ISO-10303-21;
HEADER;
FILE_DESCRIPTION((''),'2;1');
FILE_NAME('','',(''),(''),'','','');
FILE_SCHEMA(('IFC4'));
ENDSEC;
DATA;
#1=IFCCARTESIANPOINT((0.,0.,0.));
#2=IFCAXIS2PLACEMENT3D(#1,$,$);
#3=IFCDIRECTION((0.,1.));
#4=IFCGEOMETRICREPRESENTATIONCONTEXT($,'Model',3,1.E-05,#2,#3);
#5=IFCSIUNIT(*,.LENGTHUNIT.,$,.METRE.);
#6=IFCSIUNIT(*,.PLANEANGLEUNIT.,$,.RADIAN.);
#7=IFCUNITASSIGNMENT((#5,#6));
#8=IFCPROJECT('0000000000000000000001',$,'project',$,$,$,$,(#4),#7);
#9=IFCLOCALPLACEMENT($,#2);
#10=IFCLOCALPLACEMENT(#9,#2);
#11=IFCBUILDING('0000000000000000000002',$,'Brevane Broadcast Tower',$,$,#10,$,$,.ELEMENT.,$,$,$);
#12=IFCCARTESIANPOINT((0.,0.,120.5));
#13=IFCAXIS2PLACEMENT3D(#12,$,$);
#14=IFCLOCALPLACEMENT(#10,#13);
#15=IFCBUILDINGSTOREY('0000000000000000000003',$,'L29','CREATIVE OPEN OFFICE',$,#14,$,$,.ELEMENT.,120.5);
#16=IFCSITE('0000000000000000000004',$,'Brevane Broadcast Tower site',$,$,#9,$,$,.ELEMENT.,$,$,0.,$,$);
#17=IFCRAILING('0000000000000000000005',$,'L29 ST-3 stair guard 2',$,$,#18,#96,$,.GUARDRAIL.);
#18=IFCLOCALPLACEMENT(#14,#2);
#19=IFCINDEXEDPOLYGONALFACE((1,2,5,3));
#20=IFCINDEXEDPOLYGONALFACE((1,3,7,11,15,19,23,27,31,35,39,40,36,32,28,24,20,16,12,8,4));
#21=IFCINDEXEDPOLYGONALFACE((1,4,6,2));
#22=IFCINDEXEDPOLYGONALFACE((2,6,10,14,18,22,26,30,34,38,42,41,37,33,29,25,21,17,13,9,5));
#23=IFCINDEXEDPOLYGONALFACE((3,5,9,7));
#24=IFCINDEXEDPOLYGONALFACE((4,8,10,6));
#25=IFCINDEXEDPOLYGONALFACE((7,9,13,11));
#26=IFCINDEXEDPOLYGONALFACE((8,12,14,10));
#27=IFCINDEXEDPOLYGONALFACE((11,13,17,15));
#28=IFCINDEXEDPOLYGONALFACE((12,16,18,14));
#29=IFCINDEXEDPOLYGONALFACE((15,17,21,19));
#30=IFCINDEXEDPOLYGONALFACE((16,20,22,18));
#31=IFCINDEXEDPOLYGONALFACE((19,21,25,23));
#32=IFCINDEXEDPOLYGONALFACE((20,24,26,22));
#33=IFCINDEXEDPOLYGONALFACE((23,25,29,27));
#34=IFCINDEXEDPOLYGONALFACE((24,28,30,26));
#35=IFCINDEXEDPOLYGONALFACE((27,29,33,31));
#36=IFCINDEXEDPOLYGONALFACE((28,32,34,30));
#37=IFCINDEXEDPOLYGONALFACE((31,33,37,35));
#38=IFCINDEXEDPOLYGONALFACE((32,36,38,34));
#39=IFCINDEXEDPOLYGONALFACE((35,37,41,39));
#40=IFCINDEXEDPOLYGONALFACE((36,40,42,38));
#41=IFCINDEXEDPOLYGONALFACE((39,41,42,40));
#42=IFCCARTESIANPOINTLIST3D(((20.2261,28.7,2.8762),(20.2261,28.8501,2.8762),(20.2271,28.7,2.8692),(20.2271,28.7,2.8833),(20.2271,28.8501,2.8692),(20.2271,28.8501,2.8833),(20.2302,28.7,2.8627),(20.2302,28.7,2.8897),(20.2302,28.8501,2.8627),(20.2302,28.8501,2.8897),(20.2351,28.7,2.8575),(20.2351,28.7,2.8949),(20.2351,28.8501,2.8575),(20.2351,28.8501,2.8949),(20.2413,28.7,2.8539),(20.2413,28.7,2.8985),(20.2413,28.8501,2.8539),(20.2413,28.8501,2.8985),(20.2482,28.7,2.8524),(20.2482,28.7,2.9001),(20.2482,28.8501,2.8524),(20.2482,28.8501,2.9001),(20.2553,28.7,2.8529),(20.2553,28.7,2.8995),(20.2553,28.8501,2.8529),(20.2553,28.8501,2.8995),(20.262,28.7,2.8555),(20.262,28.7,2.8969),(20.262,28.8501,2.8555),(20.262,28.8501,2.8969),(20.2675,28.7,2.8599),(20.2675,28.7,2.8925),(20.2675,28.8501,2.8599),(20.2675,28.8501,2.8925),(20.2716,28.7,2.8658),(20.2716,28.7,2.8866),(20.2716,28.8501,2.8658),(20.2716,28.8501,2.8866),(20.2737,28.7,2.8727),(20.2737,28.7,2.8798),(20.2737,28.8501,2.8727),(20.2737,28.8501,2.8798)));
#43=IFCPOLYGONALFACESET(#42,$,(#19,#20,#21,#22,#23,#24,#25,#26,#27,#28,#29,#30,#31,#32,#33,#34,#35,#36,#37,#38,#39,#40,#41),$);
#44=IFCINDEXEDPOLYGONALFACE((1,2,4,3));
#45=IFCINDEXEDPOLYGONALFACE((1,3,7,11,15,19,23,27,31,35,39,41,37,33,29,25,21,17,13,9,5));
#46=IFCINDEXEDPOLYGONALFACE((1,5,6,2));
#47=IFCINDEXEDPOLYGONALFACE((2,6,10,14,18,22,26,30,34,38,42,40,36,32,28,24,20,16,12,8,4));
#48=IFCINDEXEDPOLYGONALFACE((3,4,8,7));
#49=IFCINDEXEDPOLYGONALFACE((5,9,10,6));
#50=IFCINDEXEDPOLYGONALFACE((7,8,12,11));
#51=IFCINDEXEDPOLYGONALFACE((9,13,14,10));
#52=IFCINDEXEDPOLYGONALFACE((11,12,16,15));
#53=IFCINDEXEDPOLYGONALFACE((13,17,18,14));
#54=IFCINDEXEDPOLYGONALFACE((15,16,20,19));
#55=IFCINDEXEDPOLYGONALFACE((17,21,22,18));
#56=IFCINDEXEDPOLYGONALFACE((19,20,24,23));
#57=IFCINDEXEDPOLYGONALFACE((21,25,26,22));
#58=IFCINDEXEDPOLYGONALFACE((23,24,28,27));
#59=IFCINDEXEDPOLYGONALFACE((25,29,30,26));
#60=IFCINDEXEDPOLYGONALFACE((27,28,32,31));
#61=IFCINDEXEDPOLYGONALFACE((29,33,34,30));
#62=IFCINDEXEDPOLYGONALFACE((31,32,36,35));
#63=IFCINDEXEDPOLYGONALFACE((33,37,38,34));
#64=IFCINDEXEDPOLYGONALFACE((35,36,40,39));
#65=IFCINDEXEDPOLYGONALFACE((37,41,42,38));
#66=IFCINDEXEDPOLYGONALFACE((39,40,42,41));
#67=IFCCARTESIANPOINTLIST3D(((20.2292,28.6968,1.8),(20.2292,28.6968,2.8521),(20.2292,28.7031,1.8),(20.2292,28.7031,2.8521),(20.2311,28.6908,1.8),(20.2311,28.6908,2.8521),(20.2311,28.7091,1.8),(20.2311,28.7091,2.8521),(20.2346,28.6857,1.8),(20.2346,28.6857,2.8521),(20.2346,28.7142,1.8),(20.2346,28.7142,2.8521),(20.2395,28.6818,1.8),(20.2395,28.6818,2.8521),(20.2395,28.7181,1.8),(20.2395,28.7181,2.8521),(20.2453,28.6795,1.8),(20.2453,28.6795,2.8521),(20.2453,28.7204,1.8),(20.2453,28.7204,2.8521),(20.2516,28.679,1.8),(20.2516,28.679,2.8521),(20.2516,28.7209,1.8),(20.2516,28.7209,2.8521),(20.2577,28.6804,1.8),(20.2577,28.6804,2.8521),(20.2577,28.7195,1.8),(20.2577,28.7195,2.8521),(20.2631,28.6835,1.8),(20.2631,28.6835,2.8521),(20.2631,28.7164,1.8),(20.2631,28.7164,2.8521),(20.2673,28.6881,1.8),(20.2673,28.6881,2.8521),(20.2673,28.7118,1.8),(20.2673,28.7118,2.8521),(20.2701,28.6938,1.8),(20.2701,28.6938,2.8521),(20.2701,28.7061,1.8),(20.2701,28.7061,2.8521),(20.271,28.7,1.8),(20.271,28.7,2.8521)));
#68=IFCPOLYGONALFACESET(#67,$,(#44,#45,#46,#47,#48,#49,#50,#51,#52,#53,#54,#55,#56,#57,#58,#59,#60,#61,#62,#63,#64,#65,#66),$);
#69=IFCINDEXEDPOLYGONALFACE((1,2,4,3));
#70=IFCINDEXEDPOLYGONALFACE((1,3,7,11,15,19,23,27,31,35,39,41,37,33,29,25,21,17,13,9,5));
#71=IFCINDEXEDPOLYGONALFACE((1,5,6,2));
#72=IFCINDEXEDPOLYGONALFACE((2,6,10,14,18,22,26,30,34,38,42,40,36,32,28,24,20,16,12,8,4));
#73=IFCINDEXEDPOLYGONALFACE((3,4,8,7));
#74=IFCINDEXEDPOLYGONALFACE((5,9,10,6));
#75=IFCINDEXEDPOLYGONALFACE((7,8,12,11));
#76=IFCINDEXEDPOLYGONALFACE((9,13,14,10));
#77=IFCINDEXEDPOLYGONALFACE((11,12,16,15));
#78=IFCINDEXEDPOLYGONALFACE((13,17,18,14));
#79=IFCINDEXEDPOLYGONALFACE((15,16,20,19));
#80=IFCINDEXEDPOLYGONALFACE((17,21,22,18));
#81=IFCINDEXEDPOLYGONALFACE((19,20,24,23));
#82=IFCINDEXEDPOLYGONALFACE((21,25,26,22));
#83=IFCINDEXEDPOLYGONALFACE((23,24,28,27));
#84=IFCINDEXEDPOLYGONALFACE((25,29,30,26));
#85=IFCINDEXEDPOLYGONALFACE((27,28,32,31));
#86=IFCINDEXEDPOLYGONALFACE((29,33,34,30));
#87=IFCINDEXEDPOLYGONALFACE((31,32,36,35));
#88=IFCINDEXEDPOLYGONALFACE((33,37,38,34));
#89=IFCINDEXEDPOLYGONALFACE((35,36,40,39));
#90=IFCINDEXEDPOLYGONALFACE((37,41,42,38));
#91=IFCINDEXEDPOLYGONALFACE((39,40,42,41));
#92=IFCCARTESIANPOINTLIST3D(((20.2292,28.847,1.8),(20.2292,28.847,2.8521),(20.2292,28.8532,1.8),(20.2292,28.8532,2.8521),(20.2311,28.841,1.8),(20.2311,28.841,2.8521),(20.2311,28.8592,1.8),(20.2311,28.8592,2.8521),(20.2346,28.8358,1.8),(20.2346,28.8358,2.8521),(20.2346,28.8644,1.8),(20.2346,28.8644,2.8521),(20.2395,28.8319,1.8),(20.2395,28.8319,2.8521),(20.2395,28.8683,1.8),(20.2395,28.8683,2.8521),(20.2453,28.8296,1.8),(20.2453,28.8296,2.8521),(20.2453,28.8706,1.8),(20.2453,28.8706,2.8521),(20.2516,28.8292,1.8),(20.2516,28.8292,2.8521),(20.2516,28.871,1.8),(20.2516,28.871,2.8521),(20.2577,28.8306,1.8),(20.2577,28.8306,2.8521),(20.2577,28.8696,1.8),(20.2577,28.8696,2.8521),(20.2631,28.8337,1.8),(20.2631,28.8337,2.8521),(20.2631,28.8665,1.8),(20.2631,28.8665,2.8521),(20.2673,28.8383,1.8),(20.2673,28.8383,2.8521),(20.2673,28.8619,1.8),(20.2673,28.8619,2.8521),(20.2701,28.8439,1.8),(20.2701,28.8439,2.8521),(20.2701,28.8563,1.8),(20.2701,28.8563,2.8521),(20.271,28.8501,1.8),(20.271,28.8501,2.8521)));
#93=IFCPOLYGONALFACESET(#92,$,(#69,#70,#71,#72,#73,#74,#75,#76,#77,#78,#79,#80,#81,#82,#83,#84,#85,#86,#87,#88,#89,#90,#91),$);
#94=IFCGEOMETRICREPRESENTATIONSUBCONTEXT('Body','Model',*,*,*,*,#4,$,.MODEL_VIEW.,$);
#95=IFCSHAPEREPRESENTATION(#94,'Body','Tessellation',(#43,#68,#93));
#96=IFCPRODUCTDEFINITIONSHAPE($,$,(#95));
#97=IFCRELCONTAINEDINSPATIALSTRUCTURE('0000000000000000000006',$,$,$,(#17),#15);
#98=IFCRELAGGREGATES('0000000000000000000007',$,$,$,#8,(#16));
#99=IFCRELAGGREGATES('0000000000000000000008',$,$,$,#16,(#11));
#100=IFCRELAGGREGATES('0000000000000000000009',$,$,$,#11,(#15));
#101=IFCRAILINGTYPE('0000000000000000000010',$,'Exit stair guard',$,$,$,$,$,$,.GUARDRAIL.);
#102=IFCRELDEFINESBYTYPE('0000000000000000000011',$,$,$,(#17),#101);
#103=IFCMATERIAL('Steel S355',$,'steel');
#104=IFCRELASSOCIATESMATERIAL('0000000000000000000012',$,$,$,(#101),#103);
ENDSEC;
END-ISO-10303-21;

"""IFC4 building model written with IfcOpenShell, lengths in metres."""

from ifc_helpers import new_model, si_unit, direction, frame, origin, origin_2d, place, context, subcontext, project, spatial, circle, extrude, material, type_object, element, save


model = new_model("IFC4")

# Units and contexts
model_context = context("Model", 3, precision=1e-05, world=origin(), true_north=direction((0.0, 1.0)))
body_context = subcontext(model_context, "Body", "Model", "MODEL_VIEW")
ifc_project = project(units=[si_unit("LENGTHUNIT", "METRE"), si_unit("PLANEANGLEUNIT", "RADIAN")], contexts=[model_context])

# Site, building, storey
site_placement = place(None, origin())
site = spatial("IfcSite", under=ifc_project, at=site_placement, Name="Brevane Broadcast Tower site", CompositionType="ELEMENT", RefElevation=0.0)
building_placement = place(site_placement, origin())
building = spatial("IfcBuilding", under=site, at=building_placement, Name="Brevane Broadcast Tower", CompositionType="ELEMENT")
storey_placement = place(building_placement, frame((0.0, 0.0, 120.5)))
storey = spatial("IfcBuildingStorey", under=building, at=storey_placement, Name="L29", Description="CREATIVE OPEN OFFICE", CompositionType="ELEMENT", Elevation=120.5)

# Railing
ifc_material_1 = material(Name="Steel S355", Category="steel")
railing_type_1 = type_object("IfcRailingType", Name="Exit stair guard", PredefinedType="GUARDRAIL", material=ifc_material_1)
railing_1_placement = place(storey_placement, frame((20.25, 28.7, 1.8)))
element("IfcRailing", 1, at=railing_1_placement, inside=storey, type_object=railing_type_1, Name="L29 ST-3 stair guard 2", PredefinedType="GUARDRAIL", context=body_context, shape_type="SweptSolid", body=[
    extrude(circle(Radius=0.0239, at=origin_2d()), frame((0.0, 0.0, 1.0762), z_axis=(0.0, 1.0, 0.0), x_axis=(-1.0, 0.0, 0.0)), (0.0, 0.0, 1.0), 0.1501),
    extrude(circle(Radius=0.021, at=origin_2d()), origin(), (0.0, 0.0, 1.0), 1.052),
    extrude(circle(Radius=0.021, at=origin_2d()), frame((0.0, 0.1501, 0.0)), (0.0, 0.0, 1.0), 1.052),
])

save(model, "model.ifc")
